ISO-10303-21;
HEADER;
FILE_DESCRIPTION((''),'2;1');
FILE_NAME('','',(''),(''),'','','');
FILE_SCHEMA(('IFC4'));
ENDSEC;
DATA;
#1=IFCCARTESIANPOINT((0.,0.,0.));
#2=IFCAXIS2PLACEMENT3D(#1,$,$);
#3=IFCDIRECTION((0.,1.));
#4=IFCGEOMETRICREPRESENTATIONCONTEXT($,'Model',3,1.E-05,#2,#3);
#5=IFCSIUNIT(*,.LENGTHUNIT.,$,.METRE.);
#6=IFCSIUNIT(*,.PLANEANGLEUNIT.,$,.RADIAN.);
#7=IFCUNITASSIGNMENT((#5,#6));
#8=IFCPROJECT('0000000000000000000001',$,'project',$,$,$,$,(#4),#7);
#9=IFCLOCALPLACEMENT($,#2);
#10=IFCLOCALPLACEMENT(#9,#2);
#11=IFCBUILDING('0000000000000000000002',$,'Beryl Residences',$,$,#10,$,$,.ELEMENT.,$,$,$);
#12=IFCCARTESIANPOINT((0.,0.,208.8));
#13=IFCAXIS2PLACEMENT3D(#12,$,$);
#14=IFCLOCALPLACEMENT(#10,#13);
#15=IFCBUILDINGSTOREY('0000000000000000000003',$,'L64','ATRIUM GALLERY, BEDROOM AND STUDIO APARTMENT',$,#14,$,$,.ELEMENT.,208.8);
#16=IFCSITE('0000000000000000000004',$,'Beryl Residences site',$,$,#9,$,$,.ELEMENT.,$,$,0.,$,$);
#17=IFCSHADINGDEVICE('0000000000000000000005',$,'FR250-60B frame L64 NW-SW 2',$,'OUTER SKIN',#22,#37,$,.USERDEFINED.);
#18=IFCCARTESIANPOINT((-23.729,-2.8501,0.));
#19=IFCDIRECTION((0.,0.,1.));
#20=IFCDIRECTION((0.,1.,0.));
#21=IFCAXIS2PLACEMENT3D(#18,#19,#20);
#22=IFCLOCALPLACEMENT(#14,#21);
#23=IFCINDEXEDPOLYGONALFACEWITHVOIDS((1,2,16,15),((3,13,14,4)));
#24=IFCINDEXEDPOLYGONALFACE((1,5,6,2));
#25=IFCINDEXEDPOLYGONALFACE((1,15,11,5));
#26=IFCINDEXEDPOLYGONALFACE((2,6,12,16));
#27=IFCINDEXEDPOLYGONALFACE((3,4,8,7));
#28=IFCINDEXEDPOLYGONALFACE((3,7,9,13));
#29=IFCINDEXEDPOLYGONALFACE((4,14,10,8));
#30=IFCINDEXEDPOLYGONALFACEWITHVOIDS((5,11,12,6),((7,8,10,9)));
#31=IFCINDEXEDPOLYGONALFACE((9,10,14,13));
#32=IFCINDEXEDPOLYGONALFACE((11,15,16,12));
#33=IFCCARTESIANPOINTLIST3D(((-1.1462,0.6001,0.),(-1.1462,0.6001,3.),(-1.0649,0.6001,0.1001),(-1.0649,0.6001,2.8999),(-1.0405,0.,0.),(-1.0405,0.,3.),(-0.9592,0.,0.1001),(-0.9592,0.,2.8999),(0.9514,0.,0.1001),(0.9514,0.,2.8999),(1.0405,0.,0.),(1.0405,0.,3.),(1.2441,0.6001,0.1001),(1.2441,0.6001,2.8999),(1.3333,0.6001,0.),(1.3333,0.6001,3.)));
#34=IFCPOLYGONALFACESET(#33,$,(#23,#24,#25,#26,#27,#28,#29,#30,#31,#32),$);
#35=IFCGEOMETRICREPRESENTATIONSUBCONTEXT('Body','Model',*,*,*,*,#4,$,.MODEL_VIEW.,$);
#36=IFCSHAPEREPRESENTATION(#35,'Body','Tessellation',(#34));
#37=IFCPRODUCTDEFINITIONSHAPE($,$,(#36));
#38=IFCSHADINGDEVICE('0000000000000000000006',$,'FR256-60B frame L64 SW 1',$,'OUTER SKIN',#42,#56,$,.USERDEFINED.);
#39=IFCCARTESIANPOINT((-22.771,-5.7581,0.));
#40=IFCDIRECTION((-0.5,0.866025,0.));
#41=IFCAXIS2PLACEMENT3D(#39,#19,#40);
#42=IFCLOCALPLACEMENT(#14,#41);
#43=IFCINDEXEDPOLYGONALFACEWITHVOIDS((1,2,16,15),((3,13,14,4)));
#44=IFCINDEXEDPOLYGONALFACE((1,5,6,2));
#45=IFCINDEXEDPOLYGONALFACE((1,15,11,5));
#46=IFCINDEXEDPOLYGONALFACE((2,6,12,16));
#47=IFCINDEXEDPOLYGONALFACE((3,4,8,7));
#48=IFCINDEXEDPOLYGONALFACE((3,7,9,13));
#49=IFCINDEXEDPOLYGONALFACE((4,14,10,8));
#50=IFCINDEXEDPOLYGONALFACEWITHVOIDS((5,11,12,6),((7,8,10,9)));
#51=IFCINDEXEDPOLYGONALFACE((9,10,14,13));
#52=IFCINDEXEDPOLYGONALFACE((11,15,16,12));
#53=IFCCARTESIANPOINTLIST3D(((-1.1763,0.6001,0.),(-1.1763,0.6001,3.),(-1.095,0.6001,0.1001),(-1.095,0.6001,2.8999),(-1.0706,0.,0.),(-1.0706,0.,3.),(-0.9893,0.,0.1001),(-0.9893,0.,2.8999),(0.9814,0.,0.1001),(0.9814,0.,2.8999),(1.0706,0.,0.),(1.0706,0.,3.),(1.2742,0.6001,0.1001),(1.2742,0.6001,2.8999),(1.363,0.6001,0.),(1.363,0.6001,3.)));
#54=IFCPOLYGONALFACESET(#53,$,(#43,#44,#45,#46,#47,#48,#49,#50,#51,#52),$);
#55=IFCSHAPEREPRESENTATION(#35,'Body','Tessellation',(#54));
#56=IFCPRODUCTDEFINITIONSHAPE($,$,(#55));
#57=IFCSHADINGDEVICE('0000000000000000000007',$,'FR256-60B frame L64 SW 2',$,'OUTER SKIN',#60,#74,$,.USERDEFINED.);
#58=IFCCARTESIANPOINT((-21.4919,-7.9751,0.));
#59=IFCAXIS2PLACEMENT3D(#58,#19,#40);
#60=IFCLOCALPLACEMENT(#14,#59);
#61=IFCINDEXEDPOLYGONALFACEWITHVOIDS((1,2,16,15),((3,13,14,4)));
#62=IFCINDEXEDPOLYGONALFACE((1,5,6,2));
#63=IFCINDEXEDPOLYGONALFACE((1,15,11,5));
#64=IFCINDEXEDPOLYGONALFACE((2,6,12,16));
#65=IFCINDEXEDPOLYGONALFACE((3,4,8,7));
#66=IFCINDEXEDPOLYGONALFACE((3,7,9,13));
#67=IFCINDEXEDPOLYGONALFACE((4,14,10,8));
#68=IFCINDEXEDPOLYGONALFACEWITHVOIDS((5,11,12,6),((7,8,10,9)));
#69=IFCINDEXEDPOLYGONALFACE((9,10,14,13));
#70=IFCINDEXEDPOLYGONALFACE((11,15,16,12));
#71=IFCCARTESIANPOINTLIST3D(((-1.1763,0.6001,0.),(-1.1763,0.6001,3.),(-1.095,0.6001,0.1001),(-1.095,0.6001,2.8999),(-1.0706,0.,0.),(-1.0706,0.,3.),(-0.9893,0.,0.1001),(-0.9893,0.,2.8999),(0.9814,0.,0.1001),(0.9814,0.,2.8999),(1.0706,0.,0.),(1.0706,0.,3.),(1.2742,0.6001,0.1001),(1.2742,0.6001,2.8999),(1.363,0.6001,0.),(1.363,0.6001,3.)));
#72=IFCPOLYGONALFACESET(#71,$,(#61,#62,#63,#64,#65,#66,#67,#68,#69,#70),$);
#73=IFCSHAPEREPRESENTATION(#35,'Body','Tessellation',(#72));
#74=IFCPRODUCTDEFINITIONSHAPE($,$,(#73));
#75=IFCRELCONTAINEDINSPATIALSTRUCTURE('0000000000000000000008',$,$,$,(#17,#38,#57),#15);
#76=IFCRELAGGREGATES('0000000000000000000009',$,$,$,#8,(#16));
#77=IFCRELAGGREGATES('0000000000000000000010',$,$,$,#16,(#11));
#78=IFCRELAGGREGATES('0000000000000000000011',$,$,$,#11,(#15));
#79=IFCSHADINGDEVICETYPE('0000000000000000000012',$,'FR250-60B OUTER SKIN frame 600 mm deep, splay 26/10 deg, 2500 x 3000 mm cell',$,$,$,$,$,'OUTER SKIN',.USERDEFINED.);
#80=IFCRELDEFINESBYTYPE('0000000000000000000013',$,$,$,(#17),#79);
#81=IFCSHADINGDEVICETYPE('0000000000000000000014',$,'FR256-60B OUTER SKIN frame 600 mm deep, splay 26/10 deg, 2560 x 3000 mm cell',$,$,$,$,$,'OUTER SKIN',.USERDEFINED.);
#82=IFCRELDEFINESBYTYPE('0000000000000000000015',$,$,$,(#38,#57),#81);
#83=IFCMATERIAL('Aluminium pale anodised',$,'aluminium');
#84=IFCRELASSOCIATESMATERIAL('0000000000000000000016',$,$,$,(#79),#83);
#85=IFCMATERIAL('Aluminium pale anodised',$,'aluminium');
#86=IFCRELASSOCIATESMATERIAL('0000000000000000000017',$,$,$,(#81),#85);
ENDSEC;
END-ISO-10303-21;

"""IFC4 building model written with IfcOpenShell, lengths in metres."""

from ifc_helpers import new_model, entity, si_unit, direction, frame, origin, place, context, subcontext, project, spatial, source, transform, mapped, material, type_object, type_shapes, element, save


model = new_model("IFC4")

# Units and contexts
model_context = context("Model", 3, precision=1e-05, world=origin(), true_north=direction((0.0, 1.0)))
body_context = subcontext(model_context, "Body", "Model", "MODEL_VIEW")
ifc_project = project(units=[si_unit("LENGTHUNIT", "METRE"), si_unit("PLANEANGLEUNIT", "RADIAN")], contexts=[model_context])

# Site, building, storey
site_placement = place(None, origin())
site = spatial("IfcSite", under=ifc_project, at=site_placement, Name="Beryl Residences site", CompositionType="ELEMENT", RefElevation=0.0)
building_placement = place(site_placement, origin())
building = spatial("IfcBuilding", under=site, at=building_placement, Name="Beryl Residences", CompositionType="ELEMENT")
storey_placement = place(building_placement, frame((0.0, 0.0, 208.8)))
storey = spatial("IfcBuildingStorey", under=building, at=storey_placement, Name="L64", Description="ATRIUM GALLERY, BEDROOM AND STUDIO APARTMENT", CompositionType="ELEMENT", Elevation=208.8)

# Shading devices
ifc_material_1 = material(Name="Aluminium pale anodised", Category="aluminium")
shading_device_type_1 = type_object("IfcShadingDeviceType", Name="FR250-60B OUTER SKIN frame 600 mm deep, splay 26/10 deg, 2500 x 3000 mm cell", ElementType="OUTER SKIN", PredefinedType="USERDEFINED", material=ifc_material_1)
cartesian_point_1 = entity("IfcCartesianPoint", [-1.0405, 0.0])
cartesian_point_2 = entity("IfcCartesianPoint", [-0.9514, 0.1001])
cartesian_point_3 = entity("IfcCartesianPoint", [-1.3333, 0.0])
cartesian_point_4 = entity("IfcCartesianPoint", [-1.2441, 0.1001])
shared_shape_1 = source(origin(), body_context, "Body", "SweptSolid", [
    entity("IfcExtrudedAreaSolidTapered", entity("IfcArbitraryProfileDefWithVoids", "AREA", None, entity("IfcPolyline", [cartesian_point_1, entity("IfcCartesianPoint", [1.0405, 0.0]), entity("IfcCartesianPoint", [1.0405, 3.0]), entity("IfcCartesianPoint", [-1.0405, 3.0]), cartesian_point_1]), [entity("IfcPolyline", [cartesian_point_2, entity("IfcCartesianPoint", [0.9592, 0.1001]), entity("IfcCartesianPoint", [0.9592, 2.8999]), entity("IfcCartesianPoint", [-0.9514, 2.8999]), cartesian_point_2])]), entity("IfcAxis2Placement3D", entity("IfcCartesianPoint", [0.0, 0.0, 0.0]), entity("IfcDirection", [0.0, 1.0, 0.0]), entity("IfcDirection", [-1.0, 0.0, 0.0])), entity("IfcDirection", [0.0, 0.0, 1.0]), 0.6001, entity("IfcArbitraryProfileDefWithVoids", "AREA", None, entity("IfcPolyline", [cartesian_point_3, entity("IfcCartesianPoint", [1.1462, 0.0]), entity("IfcCartesianPoint", [1.1462, 3.0]), entity("IfcCartesianPoint", [-1.3333, 3.0]), cartesian_point_3]), [entity("IfcPolyline", [cartesian_point_4, entity("IfcCartesianPoint", [1.0649, 0.1001]), entity("IfcCartesianPoint", [1.0649, 2.8999]), entity("IfcCartesianPoint", [-1.2441, 2.8999]), cartesian_point_4])])),
])
type_shapes(shading_device_type_1, [shared_shape_1])
shading_device_placement = place(storey_placement, frame((-23.729, -2.8501, 0.0), z_axis=(0.0, 0.0, 1.0), x_axis=(0.0, 1.0, 0.0)))
element("IfcShadingDevice", 1, at=shading_device_placement, inside=storey, type_object=shading_device_type_1, Name="FR250-60B frame L64 NW-SW 2", ObjectType="OUTER SKIN", PredefinedType="USERDEFINED", context=body_context, shape_type="MappedRepresentation", body=[
    mapped(shared_shape_1, transform((0.0, 0.0, 0.0))),
])
ifc_material_2 = material(Name="Aluminium pale anodised", Category="aluminium")
shading_device_type_2 = type_object("IfcShadingDeviceType", Name="FR256-60B OUTER SKIN frame 600 mm deep, splay 26/10 deg, 2560 x 3000 mm cell", ElementType="OUTER SKIN", PredefinedType="USERDEFINED", material=ifc_material_2)
cartesian_point_5 = entity("IfcCartesianPoint", [-1.0706, 0.0])
cartesian_point_6 = entity("IfcCartesianPoint", [-0.9814, 0.1001])
cartesian_point_7 = entity("IfcCartesianPoint", [-1.363, 0.0])
cartesian_point_8 = entity("IfcCartesianPoint", [-1.2742, 0.1001])
shared_shape_2 = source(origin(), body_context, "Body", "SweptSolid", [
    entity("IfcExtrudedAreaSolidTapered", entity("IfcArbitraryProfileDefWithVoids", "AREA", None, entity("IfcPolyline", [cartesian_point_5, entity("IfcCartesianPoint", [1.0706, 0.0]), entity("IfcCartesianPoint", [1.0706, 3.0]), entity("IfcCartesianPoint", [-1.0706, 3.0]), cartesian_point_5]), [entity("IfcPolyline", [cartesian_point_6, entity("IfcCartesianPoint", [0.9893, 0.1001]), entity("IfcCartesianPoint", [0.9893, 2.8999]), entity("IfcCartesianPoint", [-0.9814, 2.8999]), cartesian_point_6])]), entity("IfcAxis2Placement3D", entity("IfcCartesianPoint", [0.0, 0.0, 0.0]), entity("IfcDirection", [0.0, 1.0, 0.0]), entity("IfcDirection", [-1.0, 0.0, 0.0])), entity("IfcDirection", [0.0, 0.0, 1.0]), 0.6001, entity("IfcArbitraryProfileDefWithVoids", "AREA", None, entity("IfcPolyline", [cartesian_point_7, entity("IfcCartesianPoint", [1.1763, 0.0]), entity("IfcCartesianPoint", [1.1763, 3.0]), entity("IfcCartesianPoint", [-1.363, 3.0]), cartesian_point_7]), [entity("IfcPolyline", [cartesian_point_8, entity("IfcCartesianPoint", [1.095, 0.1001]), entity("IfcCartesianPoint", [1.095, 2.8999]), entity("IfcCartesianPoint", [-1.2742, 2.8999]), cartesian_point_8])])),
])
type_shapes(shading_device_type_2, [shared_shape_2])
for number, where, z_axis, x_axis, name in (
    (2, (-22.771, -5.7581, 0.0), (0.0, 0.0, 1.0), (-0.5, 0.866025, 0.0), "FR256-60B frame L64 SW 1"),
    (3, (-21.4919, -7.9751, 0.0), (0.0, 0.0, 1.0), (-0.5, 0.866025, 0.0), "FR256-60B frame L64 SW 2"),
):
    element("IfcShadingDevice", number, at=place(storey_placement, frame(where, z_axis=z_axis, x_axis=x_axis)), inside=storey, type_object=shading_device_type_2, Name=name, ObjectType="OUTER SKIN", PredefinedType="USERDEFINED", context=body_context, shape_type="MappedRepresentation", body=[
        mapped(shared_shape_2, transform((0.0, 0.0, 0.0))),
    ])

save(model, "model.ifc")
